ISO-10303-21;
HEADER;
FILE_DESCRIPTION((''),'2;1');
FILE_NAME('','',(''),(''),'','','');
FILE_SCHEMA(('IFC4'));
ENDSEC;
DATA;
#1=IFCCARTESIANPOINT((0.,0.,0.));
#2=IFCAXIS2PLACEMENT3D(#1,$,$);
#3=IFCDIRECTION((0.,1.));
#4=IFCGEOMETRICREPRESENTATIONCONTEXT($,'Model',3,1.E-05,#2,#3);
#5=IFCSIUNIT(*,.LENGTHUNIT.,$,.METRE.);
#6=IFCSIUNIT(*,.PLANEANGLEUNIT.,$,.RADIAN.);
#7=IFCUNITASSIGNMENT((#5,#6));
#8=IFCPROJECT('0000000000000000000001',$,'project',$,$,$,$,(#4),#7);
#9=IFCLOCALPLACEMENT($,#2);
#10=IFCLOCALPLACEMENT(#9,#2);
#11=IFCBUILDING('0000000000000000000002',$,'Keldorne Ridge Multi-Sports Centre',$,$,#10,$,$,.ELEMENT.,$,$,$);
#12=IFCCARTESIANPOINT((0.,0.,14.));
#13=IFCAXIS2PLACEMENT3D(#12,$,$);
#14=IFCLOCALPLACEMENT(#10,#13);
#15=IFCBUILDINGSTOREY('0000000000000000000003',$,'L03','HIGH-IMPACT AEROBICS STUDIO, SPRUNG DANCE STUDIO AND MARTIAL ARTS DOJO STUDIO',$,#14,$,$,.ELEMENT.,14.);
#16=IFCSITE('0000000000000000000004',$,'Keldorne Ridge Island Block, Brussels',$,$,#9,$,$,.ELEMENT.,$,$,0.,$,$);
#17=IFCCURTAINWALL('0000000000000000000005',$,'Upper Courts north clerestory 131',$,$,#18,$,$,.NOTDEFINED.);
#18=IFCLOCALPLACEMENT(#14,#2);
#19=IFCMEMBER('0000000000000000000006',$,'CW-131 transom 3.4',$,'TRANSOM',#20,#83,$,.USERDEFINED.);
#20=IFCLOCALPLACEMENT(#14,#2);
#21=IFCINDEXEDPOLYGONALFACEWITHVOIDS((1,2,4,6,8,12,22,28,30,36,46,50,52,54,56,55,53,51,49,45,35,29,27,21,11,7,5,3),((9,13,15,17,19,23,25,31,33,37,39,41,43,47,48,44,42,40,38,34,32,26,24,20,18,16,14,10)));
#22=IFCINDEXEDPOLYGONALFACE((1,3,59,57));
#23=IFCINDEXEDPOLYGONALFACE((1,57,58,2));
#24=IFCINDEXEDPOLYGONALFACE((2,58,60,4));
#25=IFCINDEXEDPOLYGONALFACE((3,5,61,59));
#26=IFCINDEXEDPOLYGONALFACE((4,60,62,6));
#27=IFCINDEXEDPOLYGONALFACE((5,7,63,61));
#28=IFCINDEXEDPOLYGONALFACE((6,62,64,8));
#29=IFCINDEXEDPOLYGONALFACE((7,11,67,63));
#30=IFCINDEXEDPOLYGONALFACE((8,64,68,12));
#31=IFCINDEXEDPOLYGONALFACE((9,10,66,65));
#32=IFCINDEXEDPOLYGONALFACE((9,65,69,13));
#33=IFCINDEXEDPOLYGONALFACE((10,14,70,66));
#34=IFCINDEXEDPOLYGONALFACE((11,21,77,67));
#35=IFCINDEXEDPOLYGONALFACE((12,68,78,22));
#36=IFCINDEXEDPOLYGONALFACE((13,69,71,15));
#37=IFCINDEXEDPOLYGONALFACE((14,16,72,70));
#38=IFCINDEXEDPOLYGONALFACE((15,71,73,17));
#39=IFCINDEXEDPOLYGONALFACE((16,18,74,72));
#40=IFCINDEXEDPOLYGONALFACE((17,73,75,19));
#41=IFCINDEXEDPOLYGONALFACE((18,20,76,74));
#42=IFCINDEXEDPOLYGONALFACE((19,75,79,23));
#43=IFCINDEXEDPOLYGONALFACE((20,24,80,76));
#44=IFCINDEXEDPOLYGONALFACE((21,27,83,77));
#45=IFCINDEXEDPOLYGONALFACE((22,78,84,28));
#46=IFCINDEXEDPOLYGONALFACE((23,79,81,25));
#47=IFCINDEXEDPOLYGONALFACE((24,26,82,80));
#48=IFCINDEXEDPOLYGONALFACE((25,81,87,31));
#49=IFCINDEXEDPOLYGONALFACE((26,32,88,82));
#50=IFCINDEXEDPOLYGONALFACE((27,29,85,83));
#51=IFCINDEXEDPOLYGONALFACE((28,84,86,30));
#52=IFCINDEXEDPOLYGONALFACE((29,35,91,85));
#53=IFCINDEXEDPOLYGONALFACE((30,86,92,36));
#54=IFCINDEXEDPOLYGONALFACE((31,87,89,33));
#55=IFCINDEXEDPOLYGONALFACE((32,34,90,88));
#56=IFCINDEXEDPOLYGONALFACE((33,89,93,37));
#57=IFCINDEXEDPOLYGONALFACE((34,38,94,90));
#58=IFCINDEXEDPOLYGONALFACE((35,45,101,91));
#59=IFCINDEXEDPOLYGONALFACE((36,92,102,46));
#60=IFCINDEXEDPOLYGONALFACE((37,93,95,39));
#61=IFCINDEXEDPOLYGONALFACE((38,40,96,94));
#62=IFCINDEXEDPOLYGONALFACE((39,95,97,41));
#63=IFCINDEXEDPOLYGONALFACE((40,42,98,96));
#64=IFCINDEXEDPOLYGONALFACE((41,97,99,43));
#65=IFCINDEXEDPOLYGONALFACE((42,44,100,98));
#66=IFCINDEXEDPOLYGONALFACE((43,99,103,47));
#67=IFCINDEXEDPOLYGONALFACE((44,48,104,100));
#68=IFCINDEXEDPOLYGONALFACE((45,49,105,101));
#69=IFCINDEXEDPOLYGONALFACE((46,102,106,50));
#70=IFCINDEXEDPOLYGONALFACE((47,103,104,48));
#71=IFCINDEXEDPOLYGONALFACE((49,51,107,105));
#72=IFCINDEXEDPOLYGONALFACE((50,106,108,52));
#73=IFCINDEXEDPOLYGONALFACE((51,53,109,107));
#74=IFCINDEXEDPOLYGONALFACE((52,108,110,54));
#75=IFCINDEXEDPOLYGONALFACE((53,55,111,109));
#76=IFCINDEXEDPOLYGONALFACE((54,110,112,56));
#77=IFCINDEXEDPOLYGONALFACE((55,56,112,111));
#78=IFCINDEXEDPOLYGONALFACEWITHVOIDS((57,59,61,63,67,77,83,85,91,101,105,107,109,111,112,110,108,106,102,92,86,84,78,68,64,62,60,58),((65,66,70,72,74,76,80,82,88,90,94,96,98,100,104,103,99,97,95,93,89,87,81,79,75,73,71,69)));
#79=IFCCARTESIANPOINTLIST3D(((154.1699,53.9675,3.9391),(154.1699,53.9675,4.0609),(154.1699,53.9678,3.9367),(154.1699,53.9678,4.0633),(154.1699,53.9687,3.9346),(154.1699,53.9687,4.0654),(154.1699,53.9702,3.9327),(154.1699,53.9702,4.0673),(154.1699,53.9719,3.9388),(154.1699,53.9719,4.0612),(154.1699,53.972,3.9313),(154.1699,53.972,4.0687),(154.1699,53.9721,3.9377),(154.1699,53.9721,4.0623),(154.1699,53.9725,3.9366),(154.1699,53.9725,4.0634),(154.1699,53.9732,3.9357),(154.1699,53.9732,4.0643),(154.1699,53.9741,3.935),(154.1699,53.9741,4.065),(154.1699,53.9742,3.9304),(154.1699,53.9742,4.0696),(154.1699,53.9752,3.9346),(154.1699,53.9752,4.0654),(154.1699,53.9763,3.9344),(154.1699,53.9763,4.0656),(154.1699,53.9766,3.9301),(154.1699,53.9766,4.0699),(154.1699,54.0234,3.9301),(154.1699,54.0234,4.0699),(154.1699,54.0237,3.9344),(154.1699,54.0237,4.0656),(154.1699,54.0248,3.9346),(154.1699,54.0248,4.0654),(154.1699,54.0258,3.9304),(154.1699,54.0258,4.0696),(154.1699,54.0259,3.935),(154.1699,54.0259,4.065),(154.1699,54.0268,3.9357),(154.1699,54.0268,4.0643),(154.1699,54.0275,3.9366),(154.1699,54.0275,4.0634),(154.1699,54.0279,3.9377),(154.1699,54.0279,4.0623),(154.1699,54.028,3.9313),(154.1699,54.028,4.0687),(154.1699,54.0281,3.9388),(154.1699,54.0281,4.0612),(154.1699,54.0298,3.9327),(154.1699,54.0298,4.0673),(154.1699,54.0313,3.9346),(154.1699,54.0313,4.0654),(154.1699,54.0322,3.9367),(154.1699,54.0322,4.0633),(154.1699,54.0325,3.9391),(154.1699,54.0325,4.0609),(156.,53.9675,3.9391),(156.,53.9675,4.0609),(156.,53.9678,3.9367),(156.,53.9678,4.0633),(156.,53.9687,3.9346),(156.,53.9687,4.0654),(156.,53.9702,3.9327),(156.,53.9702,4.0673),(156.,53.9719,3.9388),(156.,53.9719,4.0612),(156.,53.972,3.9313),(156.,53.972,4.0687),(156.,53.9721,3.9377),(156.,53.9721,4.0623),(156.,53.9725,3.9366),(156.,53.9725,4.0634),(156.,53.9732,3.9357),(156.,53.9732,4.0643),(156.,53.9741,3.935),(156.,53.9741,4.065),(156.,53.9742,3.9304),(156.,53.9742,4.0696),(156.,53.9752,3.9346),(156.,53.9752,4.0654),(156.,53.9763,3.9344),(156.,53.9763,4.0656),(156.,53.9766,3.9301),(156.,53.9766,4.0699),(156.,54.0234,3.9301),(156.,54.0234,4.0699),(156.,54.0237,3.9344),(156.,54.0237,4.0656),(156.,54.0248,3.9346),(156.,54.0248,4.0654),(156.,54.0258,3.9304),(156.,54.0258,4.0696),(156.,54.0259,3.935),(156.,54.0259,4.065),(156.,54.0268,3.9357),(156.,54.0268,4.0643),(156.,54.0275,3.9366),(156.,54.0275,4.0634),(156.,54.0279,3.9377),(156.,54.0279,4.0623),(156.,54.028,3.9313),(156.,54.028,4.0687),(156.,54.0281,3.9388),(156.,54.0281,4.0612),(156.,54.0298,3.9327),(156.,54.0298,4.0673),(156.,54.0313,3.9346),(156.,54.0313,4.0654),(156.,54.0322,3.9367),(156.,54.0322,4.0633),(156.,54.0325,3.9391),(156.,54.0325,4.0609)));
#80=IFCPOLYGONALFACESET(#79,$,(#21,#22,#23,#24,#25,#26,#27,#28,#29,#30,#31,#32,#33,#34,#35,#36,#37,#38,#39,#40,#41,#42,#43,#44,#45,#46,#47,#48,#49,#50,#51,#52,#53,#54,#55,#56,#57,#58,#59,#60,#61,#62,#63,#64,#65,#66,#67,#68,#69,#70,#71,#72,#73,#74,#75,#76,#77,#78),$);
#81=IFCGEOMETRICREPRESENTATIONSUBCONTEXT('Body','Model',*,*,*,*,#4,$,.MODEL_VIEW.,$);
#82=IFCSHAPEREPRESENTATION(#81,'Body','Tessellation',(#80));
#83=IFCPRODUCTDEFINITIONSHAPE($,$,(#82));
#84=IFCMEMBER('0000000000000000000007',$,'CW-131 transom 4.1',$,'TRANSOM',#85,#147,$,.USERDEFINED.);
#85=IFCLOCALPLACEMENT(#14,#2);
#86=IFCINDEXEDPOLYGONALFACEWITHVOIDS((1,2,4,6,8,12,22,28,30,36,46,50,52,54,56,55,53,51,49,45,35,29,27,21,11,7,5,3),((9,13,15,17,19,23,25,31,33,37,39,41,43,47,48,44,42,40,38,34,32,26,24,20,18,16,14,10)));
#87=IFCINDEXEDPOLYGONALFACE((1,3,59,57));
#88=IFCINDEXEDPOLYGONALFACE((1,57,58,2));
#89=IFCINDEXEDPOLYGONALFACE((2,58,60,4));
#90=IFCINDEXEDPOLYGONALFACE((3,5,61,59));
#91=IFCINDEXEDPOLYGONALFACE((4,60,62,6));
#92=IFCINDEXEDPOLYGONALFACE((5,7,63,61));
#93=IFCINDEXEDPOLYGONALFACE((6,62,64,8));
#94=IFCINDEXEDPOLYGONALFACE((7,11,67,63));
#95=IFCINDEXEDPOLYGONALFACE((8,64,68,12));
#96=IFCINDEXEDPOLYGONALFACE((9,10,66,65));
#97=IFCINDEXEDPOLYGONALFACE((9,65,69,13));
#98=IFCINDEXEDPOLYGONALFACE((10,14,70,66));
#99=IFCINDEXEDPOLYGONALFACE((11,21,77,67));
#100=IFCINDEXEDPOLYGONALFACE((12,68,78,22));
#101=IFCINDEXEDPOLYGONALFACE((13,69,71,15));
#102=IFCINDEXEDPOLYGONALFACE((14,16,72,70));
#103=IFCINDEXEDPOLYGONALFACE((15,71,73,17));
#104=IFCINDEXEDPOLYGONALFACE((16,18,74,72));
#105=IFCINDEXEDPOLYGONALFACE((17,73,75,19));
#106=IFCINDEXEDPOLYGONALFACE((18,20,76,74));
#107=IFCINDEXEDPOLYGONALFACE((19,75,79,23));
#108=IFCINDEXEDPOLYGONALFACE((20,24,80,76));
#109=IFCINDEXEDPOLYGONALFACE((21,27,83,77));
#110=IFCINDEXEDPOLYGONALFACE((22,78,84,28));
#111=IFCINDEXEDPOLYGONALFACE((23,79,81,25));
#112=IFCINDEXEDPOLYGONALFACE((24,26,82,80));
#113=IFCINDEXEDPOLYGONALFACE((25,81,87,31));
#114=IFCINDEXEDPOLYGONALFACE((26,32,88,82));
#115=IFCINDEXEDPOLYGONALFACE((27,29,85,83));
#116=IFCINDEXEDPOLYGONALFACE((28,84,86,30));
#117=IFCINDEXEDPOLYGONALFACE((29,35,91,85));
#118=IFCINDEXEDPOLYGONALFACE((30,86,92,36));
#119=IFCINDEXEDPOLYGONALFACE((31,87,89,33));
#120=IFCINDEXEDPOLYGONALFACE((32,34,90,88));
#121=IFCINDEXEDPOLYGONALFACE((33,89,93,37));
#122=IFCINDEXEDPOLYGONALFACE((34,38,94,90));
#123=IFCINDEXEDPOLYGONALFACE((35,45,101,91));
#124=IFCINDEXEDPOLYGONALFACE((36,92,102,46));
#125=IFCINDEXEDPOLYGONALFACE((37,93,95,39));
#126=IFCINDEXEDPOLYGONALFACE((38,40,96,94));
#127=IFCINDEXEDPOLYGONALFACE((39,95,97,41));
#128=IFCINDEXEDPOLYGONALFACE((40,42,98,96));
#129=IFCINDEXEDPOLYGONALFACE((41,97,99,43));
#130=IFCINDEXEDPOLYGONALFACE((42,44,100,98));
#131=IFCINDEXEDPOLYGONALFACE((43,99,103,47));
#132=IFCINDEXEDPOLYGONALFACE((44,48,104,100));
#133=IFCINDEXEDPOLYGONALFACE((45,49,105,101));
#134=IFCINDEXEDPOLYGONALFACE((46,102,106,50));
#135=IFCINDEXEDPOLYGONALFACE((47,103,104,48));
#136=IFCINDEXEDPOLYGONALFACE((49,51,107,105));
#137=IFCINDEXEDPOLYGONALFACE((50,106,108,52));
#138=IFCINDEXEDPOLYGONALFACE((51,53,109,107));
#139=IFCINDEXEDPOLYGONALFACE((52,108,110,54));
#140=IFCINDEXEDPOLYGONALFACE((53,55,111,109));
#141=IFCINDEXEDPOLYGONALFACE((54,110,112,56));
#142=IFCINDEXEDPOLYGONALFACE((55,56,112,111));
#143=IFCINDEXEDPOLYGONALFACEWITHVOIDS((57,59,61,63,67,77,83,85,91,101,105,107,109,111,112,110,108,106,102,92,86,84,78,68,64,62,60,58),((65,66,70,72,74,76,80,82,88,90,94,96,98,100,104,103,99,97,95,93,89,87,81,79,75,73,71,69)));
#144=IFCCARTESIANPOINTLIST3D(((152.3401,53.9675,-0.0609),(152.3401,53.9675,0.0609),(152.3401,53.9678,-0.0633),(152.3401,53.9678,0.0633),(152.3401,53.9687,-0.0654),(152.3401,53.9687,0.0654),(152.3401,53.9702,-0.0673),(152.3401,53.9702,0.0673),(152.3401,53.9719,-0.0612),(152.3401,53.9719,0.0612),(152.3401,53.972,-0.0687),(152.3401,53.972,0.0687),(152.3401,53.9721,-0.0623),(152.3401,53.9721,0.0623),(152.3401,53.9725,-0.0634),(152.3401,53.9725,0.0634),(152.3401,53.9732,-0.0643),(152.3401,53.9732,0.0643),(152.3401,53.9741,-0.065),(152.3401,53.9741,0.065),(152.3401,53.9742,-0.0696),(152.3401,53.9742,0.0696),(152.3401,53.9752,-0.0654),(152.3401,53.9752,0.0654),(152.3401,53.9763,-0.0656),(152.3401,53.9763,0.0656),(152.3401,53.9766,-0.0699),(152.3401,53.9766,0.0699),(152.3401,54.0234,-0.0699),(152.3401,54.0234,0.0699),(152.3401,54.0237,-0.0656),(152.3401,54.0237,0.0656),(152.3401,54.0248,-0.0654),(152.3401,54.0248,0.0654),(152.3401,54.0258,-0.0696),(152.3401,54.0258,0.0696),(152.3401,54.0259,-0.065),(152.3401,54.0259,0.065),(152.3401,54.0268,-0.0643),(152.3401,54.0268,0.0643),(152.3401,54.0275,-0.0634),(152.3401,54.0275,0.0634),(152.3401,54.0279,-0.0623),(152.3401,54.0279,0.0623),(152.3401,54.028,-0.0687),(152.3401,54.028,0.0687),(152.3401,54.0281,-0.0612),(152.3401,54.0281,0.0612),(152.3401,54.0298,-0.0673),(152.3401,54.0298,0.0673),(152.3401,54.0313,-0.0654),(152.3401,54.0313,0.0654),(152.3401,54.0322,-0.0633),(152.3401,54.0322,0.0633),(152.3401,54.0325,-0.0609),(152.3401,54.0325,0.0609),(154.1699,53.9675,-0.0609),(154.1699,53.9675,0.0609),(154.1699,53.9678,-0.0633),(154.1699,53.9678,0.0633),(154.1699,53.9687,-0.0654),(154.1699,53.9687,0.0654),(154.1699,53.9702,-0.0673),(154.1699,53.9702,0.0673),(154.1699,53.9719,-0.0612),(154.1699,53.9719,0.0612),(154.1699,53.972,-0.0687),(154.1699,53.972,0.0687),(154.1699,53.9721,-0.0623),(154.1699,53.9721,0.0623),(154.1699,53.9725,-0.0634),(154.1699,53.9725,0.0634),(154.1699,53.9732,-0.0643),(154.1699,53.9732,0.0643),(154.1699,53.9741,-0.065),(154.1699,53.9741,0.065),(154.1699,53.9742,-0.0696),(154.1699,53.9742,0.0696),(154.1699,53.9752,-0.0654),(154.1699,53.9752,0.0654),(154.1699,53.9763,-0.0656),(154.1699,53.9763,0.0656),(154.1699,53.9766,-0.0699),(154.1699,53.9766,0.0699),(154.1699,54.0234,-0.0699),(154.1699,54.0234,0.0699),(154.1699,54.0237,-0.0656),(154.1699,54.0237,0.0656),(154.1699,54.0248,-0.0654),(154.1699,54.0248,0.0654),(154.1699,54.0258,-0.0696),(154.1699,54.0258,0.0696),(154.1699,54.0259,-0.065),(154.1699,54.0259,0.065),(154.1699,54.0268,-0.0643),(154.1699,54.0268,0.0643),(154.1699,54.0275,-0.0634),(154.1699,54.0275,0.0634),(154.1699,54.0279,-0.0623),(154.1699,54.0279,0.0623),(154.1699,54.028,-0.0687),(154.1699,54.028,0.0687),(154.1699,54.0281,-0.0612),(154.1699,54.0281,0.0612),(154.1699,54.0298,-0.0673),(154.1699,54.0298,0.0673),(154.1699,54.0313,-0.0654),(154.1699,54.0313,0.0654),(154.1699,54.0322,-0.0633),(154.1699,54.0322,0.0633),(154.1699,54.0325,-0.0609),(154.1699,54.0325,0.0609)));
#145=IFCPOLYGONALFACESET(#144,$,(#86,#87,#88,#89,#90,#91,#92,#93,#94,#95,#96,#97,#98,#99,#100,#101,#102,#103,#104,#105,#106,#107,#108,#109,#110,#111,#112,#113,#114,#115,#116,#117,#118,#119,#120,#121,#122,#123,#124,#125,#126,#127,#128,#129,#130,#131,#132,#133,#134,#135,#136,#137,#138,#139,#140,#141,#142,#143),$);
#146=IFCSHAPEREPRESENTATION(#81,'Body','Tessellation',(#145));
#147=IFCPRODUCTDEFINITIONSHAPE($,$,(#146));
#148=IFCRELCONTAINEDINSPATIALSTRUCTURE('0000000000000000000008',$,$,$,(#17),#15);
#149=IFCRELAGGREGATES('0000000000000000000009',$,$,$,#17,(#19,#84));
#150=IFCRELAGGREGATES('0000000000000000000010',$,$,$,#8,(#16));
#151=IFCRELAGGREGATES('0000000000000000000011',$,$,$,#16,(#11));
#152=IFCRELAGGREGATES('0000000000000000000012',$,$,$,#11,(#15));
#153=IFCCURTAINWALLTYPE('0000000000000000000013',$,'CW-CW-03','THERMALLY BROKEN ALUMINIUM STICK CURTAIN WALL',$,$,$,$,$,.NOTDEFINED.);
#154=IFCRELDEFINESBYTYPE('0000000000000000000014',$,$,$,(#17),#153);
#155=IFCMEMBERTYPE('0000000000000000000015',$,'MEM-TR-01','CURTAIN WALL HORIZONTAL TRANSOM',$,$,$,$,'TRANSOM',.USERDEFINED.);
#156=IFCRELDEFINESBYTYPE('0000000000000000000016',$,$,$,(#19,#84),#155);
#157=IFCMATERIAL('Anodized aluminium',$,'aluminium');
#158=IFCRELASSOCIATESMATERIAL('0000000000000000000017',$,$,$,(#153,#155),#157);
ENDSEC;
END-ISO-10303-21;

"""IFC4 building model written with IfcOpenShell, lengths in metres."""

from ifc_helpers import new_model, si_unit, direction, frame, origin, origin_2d, place, context, subcontext, project, spatial, hollow_rectangle, extrude, material, material_profile, profile_set, type_object, element, aggregate, save


model = new_model("IFC4")

# Units and contexts
model_context = context("Model", 3, precision=1e-05, world=origin(), true_north=direction((0.0, 1.0)))
body_context = subcontext(model_context, "Body", "Model", "MODEL_VIEW")
ifc_project = project(units=[si_unit("LENGTHUNIT", "METRE"), si_unit("PLANEANGLEUNIT", "RADIAN")], contexts=[model_context])

# Site, building, storey
site_placement = place(None, origin())
site = spatial("IfcSite", under=ifc_project, at=site_placement, Name="Keldorne Ridge Island Block, Brussels", CompositionType="ELEMENT", RefElevation=0.0)
building_placement = place(site_placement, origin())
building = spatial("IfcBuilding", under=site, at=building_placement, Name="Keldorne Ridge Multi-Sports Centre", CompositionType="ELEMENT")
storey_placement = place(building_placement, frame((0.0, 0.0, 14.0)))
storey = spatial("IfcBuildingStorey", under=building, at=storey_placement, Name="L03", Description="HIGH-IMPACT AEROBICS STUDIO, SPRUNG DANCE STUDIO AND MARTIAL ARTS DOJO STUDIO", CompositionType="ELEMENT", Elevation=14.0)

# Curtain wall
ifc_material_1 = material(Name="Anodized aluminium", Category="aluminium")
curtain_wall_type_1 = type_object("IfcCurtainWallType", Name="CW-CW-03", Description="THERMALLY BROKEN ALUMINIUM STICK CURTAIN WALL", PredefinedType="NOTDEFINED", material=ifc_material_1)
curtain_wall_1_placement = place(storey_placement, origin())
curtain_wall_1 = element("IfcCurtainWall", 1, at=curtain_wall_1_placement, inside=storey, type_object=curtain_wall_type_1, Name="Upper Courts north clerestory 131", PredefinedType="NOTDEFINED")

# Members
ifc_material_profile_1 = material_profile(ifc_material_1, hollow_rectangle(XDim=0.0649, YDim=0.1399, WallThickness=0.0044, InnerFilletRadius=0.0044, OuterFilletRadius=0.009, at=origin_2d()), Name="ALU TRANSOM 140x65x4.5")
ifc_profile_set_1 = profile_set([ifc_material_profile_1], Name="Anodized aluminium")
member_type_1 = type_object("IfcMemberType", Name="MEM-TR-01", Description="CURTAIN WALL HORIZONTAL TRANSOM", ElementType="TRANSOM", PredefinedType="USERDEFINED", material=ifc_profile_set_1)
member_1_placement = place(storey_placement, frame((156.0, 54.0, 4.0), z_axis=(-1.0, 0.0, 0.0), x_axis=(0.0, -1.0, 0.0)))
member_1 = element("IfcMember", 2, at=member_1_placement, type_object=member_type_1, Name="CW-131 transom 3.4", ObjectType="TRANSOM", PredefinedType="USERDEFINED", context=body_context, shape_type="SweptSolid", body=[
    extrude(hollow_rectangle(XDim=0.0649, YDim=0.1399, WallThickness=0.0044, InnerFilletRadius=0.0044, OuterFilletRadius=0.009, at=origin_2d()), origin(), (0.0, 0.0, 1.0), 1.8301),
])
member_2_placement = place(storey_placement, frame((154.1699, 54.0, 0.0), z_axis=(-1.0, 0.0, 0.0), x_axis=(0.0, -1.0, 0.0)))
member_2 = element("IfcMember", 3, at=member_2_placement, type_object=member_type_1, Name="CW-131 transom 4.1", ObjectType="TRANSOM", PredefinedType="USERDEFINED", context=body_context, shape_type="SweptSolid", body=[
    extrude(hollow_rectangle(XDim=0.0649, YDim=0.1399, WallThickness=0.0044, InnerFilletRadius=0.0044, OuterFilletRadius=0.009, at=origin_2d()), origin(), (0.0, 0.0, 1.0), 1.8298),
])

aggregate(curtain_wall_1, [member_1, member_2])

save(model, "model.ifc")
